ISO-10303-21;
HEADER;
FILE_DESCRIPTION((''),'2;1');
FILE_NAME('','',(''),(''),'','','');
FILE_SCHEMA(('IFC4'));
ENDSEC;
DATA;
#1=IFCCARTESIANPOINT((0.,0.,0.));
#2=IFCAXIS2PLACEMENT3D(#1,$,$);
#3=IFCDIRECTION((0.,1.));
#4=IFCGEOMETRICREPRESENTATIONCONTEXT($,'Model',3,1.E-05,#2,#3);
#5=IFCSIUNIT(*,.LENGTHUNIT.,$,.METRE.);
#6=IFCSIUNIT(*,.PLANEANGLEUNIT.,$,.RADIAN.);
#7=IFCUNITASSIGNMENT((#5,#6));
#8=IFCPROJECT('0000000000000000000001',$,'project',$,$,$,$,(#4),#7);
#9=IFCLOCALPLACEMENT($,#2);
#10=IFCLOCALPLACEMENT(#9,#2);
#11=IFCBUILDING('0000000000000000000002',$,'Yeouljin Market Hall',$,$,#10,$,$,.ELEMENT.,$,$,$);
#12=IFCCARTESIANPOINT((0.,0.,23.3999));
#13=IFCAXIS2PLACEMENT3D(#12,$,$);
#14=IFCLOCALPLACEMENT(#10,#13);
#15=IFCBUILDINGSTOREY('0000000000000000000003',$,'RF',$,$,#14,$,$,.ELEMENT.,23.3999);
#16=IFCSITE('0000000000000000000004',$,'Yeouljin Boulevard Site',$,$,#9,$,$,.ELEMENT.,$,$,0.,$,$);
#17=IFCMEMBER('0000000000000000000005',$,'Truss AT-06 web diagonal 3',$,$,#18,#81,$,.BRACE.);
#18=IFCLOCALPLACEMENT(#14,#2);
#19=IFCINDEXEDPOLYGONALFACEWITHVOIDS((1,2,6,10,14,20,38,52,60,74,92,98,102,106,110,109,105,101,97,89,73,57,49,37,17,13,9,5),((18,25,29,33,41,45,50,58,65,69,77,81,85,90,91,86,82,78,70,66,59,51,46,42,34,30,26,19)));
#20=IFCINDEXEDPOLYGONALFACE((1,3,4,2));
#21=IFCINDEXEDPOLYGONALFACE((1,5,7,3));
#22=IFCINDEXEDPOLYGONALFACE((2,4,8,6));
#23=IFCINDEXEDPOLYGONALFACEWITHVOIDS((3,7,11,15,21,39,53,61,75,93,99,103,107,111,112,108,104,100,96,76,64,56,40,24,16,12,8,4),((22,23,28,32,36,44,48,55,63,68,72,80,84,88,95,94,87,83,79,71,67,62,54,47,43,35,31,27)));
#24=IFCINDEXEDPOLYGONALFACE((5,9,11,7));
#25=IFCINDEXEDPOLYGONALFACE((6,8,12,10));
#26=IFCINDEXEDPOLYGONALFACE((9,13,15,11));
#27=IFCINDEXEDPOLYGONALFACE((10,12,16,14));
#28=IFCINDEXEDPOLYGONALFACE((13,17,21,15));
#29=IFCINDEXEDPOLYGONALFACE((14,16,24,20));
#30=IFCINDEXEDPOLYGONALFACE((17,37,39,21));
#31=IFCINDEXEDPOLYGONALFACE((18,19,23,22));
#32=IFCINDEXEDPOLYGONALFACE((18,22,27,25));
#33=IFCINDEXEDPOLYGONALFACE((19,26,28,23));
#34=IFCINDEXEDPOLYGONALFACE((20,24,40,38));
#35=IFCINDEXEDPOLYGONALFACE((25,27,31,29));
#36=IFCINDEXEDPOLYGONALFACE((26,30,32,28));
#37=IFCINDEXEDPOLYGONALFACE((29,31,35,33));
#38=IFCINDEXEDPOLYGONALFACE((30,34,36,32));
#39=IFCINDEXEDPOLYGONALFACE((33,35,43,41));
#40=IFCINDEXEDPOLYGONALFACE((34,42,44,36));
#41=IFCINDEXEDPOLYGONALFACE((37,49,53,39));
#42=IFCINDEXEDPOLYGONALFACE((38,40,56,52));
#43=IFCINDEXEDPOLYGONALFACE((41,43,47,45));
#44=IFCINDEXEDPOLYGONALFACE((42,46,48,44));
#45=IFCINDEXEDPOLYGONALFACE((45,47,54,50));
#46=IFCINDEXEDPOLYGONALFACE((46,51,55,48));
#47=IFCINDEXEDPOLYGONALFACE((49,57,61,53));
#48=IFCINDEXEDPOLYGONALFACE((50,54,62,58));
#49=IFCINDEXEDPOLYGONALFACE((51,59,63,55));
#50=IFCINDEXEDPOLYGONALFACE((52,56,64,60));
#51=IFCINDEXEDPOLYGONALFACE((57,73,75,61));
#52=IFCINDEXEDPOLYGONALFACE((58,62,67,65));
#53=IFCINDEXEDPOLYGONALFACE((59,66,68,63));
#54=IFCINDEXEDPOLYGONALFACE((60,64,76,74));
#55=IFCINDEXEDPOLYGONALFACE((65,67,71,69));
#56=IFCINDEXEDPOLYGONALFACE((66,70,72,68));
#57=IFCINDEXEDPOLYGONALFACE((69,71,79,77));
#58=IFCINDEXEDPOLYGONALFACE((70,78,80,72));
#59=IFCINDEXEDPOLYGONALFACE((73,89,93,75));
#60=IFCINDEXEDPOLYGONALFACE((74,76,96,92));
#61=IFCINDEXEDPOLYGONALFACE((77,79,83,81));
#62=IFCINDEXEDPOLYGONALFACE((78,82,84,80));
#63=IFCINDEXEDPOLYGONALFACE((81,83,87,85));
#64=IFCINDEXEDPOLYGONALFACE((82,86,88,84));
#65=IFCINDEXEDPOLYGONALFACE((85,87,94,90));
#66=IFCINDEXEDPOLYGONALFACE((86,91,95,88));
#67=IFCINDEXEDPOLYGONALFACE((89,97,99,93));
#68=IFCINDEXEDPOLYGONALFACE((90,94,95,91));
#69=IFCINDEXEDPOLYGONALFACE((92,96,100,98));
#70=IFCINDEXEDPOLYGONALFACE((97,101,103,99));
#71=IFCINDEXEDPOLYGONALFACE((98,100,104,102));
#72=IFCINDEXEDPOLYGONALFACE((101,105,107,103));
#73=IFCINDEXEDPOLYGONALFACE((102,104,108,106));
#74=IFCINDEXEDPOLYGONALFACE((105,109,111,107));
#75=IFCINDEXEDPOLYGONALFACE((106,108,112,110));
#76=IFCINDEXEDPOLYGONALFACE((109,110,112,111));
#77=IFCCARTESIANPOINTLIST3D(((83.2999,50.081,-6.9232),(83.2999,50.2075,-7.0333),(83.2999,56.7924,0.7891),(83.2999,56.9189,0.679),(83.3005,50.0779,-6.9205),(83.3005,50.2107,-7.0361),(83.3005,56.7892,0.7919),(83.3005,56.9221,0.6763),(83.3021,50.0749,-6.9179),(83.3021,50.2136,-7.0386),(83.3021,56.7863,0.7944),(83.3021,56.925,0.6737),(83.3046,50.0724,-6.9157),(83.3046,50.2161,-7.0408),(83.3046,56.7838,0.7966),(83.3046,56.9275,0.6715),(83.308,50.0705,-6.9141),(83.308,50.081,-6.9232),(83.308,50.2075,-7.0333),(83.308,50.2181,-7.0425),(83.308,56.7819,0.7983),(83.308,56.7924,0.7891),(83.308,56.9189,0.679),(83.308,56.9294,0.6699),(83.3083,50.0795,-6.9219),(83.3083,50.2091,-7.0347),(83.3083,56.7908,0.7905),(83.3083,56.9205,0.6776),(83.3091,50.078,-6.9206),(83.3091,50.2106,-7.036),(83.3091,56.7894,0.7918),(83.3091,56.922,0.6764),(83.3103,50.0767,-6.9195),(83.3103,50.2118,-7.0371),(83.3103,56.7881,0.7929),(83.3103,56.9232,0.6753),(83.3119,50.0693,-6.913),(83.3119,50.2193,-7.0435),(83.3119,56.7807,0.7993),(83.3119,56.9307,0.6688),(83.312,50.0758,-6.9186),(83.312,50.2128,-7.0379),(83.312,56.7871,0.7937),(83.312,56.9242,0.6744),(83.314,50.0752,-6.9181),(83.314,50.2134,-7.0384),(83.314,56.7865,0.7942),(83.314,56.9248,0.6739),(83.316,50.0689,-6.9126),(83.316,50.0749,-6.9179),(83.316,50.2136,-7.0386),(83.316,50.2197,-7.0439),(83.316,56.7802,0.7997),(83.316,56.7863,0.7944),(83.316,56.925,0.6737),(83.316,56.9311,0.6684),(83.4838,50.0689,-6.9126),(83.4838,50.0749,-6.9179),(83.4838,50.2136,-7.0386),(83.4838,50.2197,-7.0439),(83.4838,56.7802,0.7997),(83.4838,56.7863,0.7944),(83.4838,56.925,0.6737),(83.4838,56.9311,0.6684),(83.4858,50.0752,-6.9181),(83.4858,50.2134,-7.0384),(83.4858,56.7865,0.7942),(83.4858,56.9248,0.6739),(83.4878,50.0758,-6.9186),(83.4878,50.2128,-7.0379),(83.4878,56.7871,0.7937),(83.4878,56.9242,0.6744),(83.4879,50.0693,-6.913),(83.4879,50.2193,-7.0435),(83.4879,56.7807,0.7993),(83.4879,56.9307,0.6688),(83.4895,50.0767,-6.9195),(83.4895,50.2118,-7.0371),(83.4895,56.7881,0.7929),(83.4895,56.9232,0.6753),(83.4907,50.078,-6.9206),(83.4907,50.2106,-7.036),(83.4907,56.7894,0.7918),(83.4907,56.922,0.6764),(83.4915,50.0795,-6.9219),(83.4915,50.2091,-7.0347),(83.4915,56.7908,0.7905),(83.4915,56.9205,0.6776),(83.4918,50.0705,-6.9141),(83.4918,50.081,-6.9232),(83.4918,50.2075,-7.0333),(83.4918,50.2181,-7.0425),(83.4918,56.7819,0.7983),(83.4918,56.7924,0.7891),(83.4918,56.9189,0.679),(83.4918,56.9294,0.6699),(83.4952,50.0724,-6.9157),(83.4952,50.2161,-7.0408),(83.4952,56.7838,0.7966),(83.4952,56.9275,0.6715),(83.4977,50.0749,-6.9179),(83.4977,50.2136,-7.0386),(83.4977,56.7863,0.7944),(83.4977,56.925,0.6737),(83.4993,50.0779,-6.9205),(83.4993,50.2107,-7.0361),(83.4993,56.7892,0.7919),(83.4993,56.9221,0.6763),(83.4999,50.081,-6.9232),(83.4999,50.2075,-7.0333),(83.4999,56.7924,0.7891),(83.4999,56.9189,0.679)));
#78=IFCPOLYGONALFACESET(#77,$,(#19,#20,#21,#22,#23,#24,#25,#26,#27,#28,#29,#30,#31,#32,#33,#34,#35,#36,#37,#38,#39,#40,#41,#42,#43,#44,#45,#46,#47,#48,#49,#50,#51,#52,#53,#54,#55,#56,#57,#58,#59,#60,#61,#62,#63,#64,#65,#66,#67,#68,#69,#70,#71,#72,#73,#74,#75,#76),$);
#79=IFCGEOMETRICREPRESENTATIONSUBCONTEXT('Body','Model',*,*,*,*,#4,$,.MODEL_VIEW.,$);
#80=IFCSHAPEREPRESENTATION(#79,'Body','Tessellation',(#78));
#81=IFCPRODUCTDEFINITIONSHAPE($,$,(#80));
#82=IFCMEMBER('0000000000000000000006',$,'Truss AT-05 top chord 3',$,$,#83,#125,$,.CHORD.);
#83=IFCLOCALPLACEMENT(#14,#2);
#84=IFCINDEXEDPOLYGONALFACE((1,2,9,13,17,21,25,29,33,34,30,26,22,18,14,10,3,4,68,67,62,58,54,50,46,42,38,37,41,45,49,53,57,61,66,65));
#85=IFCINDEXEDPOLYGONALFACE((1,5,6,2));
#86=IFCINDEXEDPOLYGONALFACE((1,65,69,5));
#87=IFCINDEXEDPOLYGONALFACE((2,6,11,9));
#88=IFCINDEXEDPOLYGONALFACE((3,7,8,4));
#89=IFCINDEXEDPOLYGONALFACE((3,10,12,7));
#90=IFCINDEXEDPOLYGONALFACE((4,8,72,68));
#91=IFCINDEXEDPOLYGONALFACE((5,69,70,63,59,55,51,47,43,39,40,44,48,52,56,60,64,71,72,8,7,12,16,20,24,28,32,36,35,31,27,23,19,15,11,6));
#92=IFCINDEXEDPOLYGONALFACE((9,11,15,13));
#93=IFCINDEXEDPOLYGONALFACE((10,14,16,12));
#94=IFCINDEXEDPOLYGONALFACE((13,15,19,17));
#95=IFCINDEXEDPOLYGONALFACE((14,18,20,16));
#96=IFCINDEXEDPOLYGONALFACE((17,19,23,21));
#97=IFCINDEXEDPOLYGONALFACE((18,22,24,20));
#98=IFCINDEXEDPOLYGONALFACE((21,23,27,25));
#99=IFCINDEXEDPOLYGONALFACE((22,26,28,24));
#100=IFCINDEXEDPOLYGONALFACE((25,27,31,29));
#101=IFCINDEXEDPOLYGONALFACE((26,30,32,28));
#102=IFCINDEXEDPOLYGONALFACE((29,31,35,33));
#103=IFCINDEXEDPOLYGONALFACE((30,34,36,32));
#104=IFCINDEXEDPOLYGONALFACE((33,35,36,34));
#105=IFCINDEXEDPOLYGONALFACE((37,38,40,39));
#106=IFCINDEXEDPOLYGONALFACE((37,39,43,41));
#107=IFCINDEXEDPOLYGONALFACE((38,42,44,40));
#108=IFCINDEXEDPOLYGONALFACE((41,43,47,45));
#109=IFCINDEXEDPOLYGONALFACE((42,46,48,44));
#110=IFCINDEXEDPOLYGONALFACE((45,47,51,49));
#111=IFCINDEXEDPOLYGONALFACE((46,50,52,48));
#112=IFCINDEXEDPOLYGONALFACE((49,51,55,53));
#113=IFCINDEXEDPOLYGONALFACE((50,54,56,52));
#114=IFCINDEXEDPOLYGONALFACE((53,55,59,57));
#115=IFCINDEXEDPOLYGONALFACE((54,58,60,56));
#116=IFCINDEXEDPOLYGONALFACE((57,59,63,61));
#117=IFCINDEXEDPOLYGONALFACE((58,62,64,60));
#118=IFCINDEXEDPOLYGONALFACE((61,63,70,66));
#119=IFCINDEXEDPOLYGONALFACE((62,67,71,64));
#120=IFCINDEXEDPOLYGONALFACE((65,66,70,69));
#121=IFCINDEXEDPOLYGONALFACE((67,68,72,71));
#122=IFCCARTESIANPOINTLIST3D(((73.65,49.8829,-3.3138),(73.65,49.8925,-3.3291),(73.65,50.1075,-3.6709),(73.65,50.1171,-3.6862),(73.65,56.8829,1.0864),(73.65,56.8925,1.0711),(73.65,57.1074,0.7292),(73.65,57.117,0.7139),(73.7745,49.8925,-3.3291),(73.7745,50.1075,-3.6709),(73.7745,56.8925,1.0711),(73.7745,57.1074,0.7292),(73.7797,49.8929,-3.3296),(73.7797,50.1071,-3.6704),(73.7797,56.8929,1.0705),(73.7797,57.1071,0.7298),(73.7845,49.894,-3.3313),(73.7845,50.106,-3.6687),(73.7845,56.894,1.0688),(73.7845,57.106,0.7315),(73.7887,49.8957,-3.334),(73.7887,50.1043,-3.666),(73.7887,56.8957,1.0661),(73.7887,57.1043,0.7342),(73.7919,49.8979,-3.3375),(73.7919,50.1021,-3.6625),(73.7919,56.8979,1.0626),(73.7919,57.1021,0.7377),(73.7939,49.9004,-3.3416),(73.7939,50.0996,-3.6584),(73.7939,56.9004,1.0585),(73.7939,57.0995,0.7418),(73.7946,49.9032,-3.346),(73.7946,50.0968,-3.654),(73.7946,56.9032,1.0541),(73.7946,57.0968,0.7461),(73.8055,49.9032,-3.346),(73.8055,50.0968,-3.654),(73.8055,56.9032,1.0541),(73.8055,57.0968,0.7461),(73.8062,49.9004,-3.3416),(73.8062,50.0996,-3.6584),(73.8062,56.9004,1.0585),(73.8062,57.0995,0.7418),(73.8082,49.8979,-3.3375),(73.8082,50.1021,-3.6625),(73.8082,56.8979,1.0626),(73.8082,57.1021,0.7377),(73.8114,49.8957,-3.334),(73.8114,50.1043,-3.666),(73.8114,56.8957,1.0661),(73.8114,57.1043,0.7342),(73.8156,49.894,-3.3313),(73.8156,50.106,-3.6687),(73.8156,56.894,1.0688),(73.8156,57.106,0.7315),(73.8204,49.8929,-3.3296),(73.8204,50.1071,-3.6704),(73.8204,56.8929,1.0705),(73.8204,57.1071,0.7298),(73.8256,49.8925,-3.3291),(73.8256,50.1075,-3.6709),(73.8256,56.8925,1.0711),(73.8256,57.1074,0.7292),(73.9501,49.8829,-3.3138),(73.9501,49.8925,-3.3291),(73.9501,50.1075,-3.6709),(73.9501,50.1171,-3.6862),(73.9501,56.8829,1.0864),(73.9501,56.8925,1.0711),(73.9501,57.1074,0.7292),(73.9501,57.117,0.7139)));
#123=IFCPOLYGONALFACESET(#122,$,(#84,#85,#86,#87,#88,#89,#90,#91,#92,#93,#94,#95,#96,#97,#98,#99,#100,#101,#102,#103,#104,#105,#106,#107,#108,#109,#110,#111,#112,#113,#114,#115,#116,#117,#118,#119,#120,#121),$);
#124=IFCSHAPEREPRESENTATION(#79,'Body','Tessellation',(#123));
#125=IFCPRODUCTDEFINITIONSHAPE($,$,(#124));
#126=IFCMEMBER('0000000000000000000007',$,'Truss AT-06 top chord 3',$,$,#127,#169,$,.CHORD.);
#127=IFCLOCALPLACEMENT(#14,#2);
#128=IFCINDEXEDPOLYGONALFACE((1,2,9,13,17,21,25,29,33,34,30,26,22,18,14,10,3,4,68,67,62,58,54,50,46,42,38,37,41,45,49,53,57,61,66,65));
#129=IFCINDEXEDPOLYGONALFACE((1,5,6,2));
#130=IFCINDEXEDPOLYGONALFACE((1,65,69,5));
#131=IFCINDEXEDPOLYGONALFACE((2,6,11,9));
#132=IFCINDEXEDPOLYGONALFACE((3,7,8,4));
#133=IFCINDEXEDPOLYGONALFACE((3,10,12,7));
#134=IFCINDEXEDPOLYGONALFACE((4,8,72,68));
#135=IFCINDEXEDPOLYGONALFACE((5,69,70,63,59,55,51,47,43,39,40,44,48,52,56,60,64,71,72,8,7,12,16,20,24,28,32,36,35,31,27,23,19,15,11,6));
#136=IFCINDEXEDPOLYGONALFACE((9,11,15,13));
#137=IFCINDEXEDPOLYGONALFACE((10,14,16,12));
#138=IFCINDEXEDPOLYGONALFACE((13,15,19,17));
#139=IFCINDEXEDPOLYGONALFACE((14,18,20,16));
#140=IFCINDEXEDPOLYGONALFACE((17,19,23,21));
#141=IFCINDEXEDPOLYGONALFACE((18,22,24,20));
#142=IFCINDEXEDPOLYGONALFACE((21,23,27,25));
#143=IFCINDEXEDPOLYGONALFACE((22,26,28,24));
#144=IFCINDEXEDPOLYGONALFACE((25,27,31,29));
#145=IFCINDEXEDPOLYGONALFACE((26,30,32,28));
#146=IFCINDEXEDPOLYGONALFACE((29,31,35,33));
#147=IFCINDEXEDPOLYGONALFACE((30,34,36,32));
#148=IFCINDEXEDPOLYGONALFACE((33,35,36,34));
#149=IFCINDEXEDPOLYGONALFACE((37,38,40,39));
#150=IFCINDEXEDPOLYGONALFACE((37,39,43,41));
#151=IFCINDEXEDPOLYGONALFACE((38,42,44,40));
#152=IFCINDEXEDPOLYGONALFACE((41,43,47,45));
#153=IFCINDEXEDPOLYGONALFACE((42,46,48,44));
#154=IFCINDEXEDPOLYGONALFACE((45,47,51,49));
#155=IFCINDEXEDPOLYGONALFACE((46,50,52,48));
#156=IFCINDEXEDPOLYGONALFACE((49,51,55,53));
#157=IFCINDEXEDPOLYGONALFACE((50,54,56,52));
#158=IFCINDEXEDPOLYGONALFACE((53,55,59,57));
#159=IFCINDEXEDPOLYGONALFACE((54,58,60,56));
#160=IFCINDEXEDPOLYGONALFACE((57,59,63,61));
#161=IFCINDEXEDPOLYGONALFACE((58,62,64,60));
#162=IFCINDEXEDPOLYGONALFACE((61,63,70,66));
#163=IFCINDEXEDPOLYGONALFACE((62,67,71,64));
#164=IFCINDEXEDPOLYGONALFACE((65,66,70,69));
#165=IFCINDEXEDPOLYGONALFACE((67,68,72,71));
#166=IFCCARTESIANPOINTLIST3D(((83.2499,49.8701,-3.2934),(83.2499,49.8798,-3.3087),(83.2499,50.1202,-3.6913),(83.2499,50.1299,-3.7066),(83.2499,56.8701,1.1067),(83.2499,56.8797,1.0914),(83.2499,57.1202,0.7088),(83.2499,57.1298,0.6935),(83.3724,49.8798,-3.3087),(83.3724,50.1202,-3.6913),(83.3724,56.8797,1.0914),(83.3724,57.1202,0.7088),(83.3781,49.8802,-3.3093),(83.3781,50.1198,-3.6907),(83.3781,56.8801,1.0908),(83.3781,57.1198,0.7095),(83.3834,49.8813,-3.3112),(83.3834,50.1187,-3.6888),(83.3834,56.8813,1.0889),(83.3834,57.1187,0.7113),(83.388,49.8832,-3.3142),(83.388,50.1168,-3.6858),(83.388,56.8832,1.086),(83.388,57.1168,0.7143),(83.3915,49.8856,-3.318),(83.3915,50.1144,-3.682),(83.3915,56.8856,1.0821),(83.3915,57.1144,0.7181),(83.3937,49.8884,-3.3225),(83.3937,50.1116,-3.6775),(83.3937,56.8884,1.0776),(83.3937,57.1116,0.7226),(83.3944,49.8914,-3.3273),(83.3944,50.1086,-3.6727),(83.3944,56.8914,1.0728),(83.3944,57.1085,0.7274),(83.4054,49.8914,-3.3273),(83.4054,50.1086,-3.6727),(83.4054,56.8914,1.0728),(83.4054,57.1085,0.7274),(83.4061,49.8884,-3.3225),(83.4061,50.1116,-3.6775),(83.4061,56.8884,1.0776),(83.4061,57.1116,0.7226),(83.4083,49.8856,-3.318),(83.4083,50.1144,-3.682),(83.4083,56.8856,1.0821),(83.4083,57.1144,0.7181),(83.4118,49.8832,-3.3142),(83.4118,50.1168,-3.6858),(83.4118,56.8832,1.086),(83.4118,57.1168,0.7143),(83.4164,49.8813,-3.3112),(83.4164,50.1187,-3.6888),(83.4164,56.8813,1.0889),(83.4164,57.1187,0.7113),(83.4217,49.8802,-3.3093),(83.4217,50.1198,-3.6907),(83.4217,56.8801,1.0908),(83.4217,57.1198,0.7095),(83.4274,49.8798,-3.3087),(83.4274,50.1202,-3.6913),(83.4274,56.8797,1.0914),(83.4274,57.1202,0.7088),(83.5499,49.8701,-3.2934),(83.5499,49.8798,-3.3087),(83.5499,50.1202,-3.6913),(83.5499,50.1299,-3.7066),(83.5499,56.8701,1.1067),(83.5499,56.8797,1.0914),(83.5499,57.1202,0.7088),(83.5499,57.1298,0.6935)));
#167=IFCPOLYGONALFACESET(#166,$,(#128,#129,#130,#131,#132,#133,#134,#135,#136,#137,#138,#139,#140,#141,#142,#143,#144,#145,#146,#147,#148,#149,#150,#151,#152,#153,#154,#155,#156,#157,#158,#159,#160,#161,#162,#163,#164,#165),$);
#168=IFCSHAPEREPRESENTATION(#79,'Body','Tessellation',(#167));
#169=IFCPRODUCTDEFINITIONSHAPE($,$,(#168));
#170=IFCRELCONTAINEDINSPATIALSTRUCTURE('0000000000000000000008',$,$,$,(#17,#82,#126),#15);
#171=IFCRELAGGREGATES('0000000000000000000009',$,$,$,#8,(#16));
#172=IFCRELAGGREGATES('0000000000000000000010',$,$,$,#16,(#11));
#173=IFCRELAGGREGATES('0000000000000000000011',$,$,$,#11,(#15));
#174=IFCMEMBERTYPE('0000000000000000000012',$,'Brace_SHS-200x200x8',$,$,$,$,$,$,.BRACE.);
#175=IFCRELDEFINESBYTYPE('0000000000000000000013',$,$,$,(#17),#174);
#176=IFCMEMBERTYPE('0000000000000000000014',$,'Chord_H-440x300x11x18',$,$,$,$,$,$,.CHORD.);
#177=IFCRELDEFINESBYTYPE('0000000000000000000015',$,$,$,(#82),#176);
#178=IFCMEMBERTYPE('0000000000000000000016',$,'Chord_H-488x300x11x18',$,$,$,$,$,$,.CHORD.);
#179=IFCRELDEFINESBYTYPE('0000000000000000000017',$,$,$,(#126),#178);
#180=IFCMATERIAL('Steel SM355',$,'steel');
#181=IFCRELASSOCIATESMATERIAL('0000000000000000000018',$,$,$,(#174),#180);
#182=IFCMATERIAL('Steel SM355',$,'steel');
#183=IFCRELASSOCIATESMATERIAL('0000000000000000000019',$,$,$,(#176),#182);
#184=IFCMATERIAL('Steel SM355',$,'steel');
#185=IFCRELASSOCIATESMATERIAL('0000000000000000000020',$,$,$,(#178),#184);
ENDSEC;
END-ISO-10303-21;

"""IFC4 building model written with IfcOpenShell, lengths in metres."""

from ifc_helpers import new_model, si_unit, direction, frame, origin, origin_2d, place, context, subcontext, project, spatial, hollow_rectangle, i_section, extrude, material, material_profile, profile_set, type_object, element, save


model = new_model("IFC4")

# Units and contexts
model_context = context("Model", 3, precision=1e-05, world=origin(), true_north=direction((0.0, 1.0)))
body_context = subcontext(model_context, "Body", "Model", "MODEL_VIEW")
ifc_project = project(units=[si_unit("LENGTHUNIT", "METRE"), si_unit("PLANEANGLEUNIT", "RADIAN")], contexts=[model_context])

# Site, building, storey
site_placement = place(None, origin())
site = spatial("IfcSite", under=ifc_project, at=site_placement, Name="Yeouljin Boulevard Site", CompositionType="ELEMENT", RefElevation=0.0)
building_placement = place(site_placement, origin())
building = spatial("IfcBuilding", under=site, at=building_placement, Name="Yeouljin Market Hall", CompositionType="ELEMENT")
storey_placement = place(building_placement, frame((0.0, 0.0, 23.3999)))
storey = spatial("IfcBuildingStorey", under=building, at=storey_placement, Name="RF", CompositionType="ELEMENT", Elevation=23.3999)

# Members
ifc_material_1 = material(Name="Steel SM355", Category="steel")
ifc_material_profile_1 = material_profile(ifc_material_1, hollow_rectangle(XDim=0.2, YDim=0.2, WallThickness=0.0081, InnerFilletRadius=0.0081, OuterFilletRadius=0.0161, at=origin_2d()), Name="SHS-200x200x8")
ifc_profile_set_1 = profile_set([ifc_material_profile_1], Name="Steel SM355")
member_type_1 = type_object("IfcMemberType", Name="Brace_SHS-200x200x8", PredefinedType="BRACE", material=ifc_profile_set_1)
member_1_placement = place(storey_placement, frame((83.3999, 50.1443, -6.9783), z_axis=(0.0, 0.656457, 0.754364), x_axis=(-1.0, 0.0, 0.0)))
element("IfcMember", 1, at=member_1_placement, inside=storey, type_object=member_type_1, Name="Truss AT-06 web diagonal 3", PredefinedType="BRACE", context=body_context, shape_type="SweptSolid", body=[
    extrude(hollow_rectangle(XDim=0.2, YDim=0.2, WallThickness=0.0081, InnerFilletRadius=0.0081, OuterFilletRadius=0.0161, at=origin_2d()), origin(), (0.0, 0.0, 1.0), 10.2236),
])
ifc_material_2 = material(Name="Steel SM355", Category="steel")
ifc_material_profile_2 = material_profile(ifc_material_2, i_section(OverallWidth=0.3, OverallDepth=0.4399, WebThickness=0.011, FlangeThickness=0.0181, FilletRadius=0.02, at=origin_2d()), Name="H-440x300x11x18")
ifc_profile_set_2 = profile_set([ifc_material_profile_2], Name="Steel SM355")
member_type_2 = type_object("IfcMemberType", Name="Chord_H-440x300x11x18", PredefinedType="CHORD", material=ifc_profile_set_2)
member_2_placement = place(storey_placement, frame((73.8, 50.0, -3.5), z_axis=(0.0, 0.846629, 0.532184), x_axis=(-1.0, 0.0, 0.0)))
element("IfcMember", 2, at=member_2_placement, inside=storey, type_object=member_type_2, Name="Truss AT-05 top chord 3", PredefinedType="CHORD", context=body_context, shape_type="SweptSolid", body=[
    extrude(i_section(OverallWidth=0.3, OverallDepth=0.4399, WebThickness=0.011, FlangeThickness=0.0181, FilletRadius=0.02, at=origin_2d()), origin(), (0.0, 0.0, 1.0), 8.2681),
])
ifc_material_3 = material(Name="Steel SM355", Category="steel")
ifc_material_profile_3 = material_profile(ifc_material_3, i_section(OverallWidth=0.3, OverallDepth=0.488, WebThickness=0.011, FlangeThickness=0.0181, FilletRadius=0.022, at=origin_2d()), Name="H-488x300x11x18")
ifc_profile_set_3 = profile_set([ifc_material_profile_3], Name="Steel SM355")
member_type_3 = type_object("IfcMemberType", Name="Chord_H-488x300x11x18", PredefinedType="CHORD", material=ifc_profile_set_3)
member_3_placement = place(storey_placement, frame((83.3999, 50.0, -3.5), z_axis=(0.0, 0.846629, 0.532184), x_axis=(-1.0, 0.0, 0.0)))
element("IfcMember", 3, at=member_3_placement, inside=storey, type_object=member_type_3, Name="Truss AT-06 top chord 3", PredefinedType="CHORD", context=body_context, shape_type="SweptSolid", body=[
    extrude(i_section(OverallWidth=0.3, OverallDepth=0.488, WebThickness=0.011, FlangeThickness=0.0181, FilletRadius=0.022, at=origin_2d()), origin(), (0.0, 0.0, 1.0), 8.2681),
])

save(model, "model.ifc")
